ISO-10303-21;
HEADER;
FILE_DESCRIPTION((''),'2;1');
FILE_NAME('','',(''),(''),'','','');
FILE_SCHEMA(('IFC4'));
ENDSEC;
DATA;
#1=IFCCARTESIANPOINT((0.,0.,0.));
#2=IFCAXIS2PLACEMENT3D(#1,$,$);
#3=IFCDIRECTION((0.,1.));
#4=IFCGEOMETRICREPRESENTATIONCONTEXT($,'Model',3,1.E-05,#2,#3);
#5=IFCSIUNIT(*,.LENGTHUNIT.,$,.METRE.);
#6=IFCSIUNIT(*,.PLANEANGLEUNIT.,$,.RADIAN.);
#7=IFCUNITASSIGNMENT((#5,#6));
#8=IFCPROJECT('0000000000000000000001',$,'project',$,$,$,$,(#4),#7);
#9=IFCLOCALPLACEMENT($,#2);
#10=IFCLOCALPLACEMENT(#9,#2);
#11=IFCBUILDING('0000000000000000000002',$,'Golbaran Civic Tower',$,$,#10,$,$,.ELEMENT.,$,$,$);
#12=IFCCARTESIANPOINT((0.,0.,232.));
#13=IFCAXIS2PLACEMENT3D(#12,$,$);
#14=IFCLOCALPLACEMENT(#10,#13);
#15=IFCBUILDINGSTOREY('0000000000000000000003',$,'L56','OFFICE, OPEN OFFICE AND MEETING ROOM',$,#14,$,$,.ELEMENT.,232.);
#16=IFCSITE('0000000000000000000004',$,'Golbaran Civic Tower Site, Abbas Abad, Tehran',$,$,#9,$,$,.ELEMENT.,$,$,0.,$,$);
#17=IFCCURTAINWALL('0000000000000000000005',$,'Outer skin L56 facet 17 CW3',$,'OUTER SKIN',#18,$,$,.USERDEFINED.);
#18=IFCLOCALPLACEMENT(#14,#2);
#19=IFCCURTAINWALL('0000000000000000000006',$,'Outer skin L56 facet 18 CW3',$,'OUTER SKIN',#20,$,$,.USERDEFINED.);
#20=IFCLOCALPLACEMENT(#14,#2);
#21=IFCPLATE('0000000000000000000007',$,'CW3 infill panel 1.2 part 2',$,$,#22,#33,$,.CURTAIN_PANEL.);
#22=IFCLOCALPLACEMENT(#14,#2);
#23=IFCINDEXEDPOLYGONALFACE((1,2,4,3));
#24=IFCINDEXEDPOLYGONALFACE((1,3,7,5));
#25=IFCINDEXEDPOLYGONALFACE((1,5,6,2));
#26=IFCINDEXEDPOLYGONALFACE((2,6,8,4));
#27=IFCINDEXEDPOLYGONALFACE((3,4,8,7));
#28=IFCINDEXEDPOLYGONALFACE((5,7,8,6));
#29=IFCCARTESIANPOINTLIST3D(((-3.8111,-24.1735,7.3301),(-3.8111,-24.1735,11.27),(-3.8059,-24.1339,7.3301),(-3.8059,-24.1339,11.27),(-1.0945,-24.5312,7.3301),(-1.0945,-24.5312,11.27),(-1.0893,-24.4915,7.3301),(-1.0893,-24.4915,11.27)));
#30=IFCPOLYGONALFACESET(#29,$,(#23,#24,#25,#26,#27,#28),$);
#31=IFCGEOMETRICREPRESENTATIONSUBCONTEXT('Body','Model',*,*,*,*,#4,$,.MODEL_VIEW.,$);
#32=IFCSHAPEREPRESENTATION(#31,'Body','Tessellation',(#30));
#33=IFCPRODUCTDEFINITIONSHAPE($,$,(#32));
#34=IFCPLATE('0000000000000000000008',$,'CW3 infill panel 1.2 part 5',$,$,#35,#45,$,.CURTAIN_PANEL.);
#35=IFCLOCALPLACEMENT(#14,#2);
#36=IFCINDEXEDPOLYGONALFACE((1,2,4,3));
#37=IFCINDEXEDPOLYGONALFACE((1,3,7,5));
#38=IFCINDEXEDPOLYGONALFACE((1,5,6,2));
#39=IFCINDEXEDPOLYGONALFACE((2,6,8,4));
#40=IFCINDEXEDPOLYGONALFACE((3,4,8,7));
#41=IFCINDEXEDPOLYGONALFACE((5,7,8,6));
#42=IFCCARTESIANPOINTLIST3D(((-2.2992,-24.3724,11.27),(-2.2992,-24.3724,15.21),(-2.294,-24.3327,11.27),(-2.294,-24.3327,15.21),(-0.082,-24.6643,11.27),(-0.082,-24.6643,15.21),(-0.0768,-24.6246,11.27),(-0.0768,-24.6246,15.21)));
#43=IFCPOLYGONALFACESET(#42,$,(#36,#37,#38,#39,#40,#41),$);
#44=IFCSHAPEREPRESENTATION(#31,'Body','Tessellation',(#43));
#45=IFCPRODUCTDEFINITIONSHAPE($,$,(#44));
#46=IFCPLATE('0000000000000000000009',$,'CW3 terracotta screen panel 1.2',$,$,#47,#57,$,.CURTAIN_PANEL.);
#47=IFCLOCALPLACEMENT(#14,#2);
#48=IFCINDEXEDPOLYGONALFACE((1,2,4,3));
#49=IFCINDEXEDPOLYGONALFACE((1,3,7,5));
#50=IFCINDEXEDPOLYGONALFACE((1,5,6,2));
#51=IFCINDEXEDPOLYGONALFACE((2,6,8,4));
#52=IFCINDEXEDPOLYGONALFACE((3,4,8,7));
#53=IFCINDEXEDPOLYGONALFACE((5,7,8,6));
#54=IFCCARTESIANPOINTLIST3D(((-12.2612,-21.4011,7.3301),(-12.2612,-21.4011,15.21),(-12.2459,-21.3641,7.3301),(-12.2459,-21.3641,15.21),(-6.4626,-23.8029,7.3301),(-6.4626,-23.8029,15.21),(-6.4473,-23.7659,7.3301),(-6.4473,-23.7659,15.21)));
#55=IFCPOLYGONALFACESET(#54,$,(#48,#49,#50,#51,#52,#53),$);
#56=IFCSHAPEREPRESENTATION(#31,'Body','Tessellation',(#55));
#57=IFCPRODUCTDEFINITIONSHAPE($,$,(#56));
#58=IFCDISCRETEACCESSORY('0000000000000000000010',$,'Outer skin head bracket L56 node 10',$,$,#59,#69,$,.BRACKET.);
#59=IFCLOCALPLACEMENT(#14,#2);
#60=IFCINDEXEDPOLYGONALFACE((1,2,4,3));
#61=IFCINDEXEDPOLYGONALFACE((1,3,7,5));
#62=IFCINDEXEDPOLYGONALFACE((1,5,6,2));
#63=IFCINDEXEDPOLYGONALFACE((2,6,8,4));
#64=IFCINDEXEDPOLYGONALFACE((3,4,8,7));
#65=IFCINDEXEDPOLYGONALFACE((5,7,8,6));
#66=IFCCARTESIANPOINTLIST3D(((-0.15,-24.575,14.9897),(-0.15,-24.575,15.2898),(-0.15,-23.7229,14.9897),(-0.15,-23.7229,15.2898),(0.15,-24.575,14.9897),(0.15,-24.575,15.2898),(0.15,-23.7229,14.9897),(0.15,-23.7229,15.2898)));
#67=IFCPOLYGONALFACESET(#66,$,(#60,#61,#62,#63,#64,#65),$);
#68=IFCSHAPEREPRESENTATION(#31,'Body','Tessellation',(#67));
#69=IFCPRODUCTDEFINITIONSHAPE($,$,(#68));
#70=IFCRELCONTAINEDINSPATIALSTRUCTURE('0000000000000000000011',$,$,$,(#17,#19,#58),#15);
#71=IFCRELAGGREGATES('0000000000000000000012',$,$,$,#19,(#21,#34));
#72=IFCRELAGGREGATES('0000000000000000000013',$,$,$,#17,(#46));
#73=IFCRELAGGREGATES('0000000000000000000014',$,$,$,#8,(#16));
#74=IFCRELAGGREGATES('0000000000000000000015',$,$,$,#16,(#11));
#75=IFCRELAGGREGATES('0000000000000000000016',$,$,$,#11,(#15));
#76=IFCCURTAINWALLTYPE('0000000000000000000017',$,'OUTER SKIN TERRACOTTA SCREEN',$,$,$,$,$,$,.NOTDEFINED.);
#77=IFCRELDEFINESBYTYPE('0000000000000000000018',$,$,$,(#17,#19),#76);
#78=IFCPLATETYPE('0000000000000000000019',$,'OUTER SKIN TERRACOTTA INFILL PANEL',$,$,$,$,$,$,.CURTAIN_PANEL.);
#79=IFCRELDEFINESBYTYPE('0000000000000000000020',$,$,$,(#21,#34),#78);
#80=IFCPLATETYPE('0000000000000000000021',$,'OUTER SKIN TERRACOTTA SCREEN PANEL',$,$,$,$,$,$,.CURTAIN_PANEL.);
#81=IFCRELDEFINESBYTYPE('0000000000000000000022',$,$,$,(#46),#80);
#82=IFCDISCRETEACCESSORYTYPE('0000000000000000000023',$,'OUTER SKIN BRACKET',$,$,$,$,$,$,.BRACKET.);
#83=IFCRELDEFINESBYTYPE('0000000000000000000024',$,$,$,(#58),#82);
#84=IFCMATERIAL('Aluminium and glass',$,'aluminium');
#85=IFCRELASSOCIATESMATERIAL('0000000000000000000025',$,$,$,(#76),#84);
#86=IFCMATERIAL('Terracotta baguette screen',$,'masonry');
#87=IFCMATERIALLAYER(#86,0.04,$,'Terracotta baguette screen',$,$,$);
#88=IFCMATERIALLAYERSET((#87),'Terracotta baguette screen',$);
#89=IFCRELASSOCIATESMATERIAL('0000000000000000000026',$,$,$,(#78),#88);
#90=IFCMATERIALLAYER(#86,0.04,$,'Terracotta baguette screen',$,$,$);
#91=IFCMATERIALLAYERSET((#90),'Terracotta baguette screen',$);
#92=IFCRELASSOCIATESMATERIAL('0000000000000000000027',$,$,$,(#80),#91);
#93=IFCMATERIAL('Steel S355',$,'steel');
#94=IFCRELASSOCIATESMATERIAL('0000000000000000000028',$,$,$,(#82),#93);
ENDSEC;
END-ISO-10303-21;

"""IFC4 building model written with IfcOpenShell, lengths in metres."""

from ifc_helpers import new_model, si_unit, direction, frame, origin, origin_2d, place, context, subcontext, project, spatial, rectangle, extrude, material, layer, layer_set, type_object, element, aggregate, save


model = new_model("IFC4")

# Units and contexts
model_context = context("Model", 3, precision=1e-05, world=origin(), true_north=direction((0.0, 1.0)))
body_context = subcontext(model_context, "Body", "Model", "MODEL_VIEW")
ifc_project = project(units=[si_unit("LENGTHUNIT", "METRE"), si_unit("PLANEANGLEUNIT", "RADIAN")], contexts=[model_context])

# Site, building, storey
site_placement = place(None, origin())
site = spatial("IfcSite", under=ifc_project, at=site_placement, Name="Golbaran Civic Tower Site, Abbas Abad, Tehran", CompositionType="ELEMENT", RefElevation=0.0)
building_placement = place(site_placement, origin())
building = spatial("IfcBuilding", under=site, at=building_placement, Name="Golbaran Civic Tower", CompositionType="ELEMENT")
storey_placement = place(building_placement, frame((0.0, 0.0, 232.0)))
storey = spatial("IfcBuildingStorey", under=building, at=storey_placement, Name="L56", Description="OFFICE, OPEN OFFICE AND MEETING ROOM", CompositionType="ELEMENT", Elevation=232.0)

# Curtain walls
ifc_material_1 = material(Name="Aluminium and glass", Category="aluminium")
curtain_wall_type_1 = type_object("IfcCurtainWallType", Name="OUTER SKIN TERRACOTTA SCREEN", PredefinedType="NOTDEFINED", material=ifc_material_1)
curtain_wall_1_placement = place(storey_placement, origin())
curtain_wall_1 = element("IfcCurtainWall", 1, at=curtain_wall_1_placement, inside=storey, type_object=curtain_wall_type_1, Name="Outer skin L56 facet 17 CW3", ObjectType="OUTER SKIN", PredefinedType="USERDEFINED")
curtain_wall_2_placement = place(storey_placement, origin())
curtain_wall_2 = element("IfcCurtainWall", 2, at=curtain_wall_2_placement, inside=storey, type_object=curtain_wall_type_1, Name="Outer skin L56 facet 18 CW3", ObjectType="OUTER SKIN", PredefinedType="USERDEFINED")

# Plates
ifc_material_2 = material(Name="Terracotta baguette screen", Category="masonry")
ifc_layer_1 = layer(ifc_material_2, 0.04, Name="Terracotta baguette screen")
ifc_layer_set_1 = layer_set([ifc_layer_1], Name="Terracotta baguette screen")
plate_type_1 = type_object("IfcPlateType", Name="OUTER SKIN TERRACOTTA INFILL PANEL", PredefinedType="CURTAIN_PANEL", material=ifc_layer_set_1)
plate_1_placement = place(storey_placement, frame((-2.4502, -24.3325, 7.3301), z_axis=(0.0, 0.0, 1.0), x_axis=(0.991445, -0.130526, 0.0)))
plate_1 = element("IfcPlate", 3, at=plate_1_placement, type_object=plate_type_1, Name="CW3 infill panel 1.2 part 2", PredefinedType="CURTAIN_PANEL", context=body_context, shape_type="SweptSolid", body=[
    extrude(rectangle(XDim=2.74, YDim=0.04, at=origin_2d()), origin(), (0.0, 0.0, 1.0), 3.9399),
])
plate_2_placement = place(storey_placement, frame((-1.188, -24.4985, 11.27), z_axis=(0.0, 0.0, 1.0), x_axis=(0.991445, -0.130526, 0.0)))
plate_2 = element("IfcPlate", 4, at=plate_2_placement, type_object=plate_type_1, Name="CW3 infill panel 1.2 part 5", PredefinedType="CURTAIN_PANEL", context=body_context, shape_type="SweptSolid", body=[
    extrude(rectangle(XDim=2.2363, YDim=0.04, at=origin_2d()), origin(), (0.0, 0.0, 1.0), 3.9399),
])
aggregate(curtain_wall_2, [plate_1, plate_2])
ifc_layer_2 = layer(ifc_material_2, 0.04, Name="Terracotta baguette screen")
ifc_layer_set_2 = layer_set([ifc_layer_2], Name="Terracotta baguette screen")
plate_type_2 = type_object("IfcPlateType", Name="OUTER SKIN TERRACOTTA SCREEN PANEL", PredefinedType="CURTAIN_PANEL", material=ifc_layer_set_2)
plate_3_placement = place(storey_placement, frame((-9.3542, -22.5835, 7.3301), z_axis=(0.0, 0.0, 1.0), x_axis=(0.92388, -0.382683, 0.0)))
plate_3 = element("IfcPlate", 5, at=plate_3_placement, type_object=plate_type_2, Name="CW3 terracotta screen panel 1.2", PredefinedType="CURTAIN_PANEL", context=body_context, shape_type="SweptSolid", body=[
    extrude(rectangle(XDim=6.2764, YDim=0.04, at=origin_2d()), origin(), (0.0, 0.0, 1.0), 7.8799),
])
aggregate(curtain_wall_1, [plate_3])

# Discrete accessory
ifc_material_3 = material(Name="Steel S355", Category="steel")
discrete_accessory_type = type_object("IfcDiscreteAccessoryType", Name="OUTER SKIN BRACKET", PredefinedType="BRACKET", material=ifc_material_3)
discrete_accessory_placement = place(storey_placement, frame((0.0, -24.1489, 14.9897), z_axis=(0.0, 0.0, 1.0), x_axis=(0.0, -1.0, 0.0)))
element("IfcDiscreteAccessory", 6, at=discrete_accessory_placement, inside=storey, type_object=discrete_accessory_type, Name="Outer skin head bracket L56 node 10", PredefinedType="BRACKET", context=body_context, shape_type="SweptSolid", body=[
    extrude(rectangle(XDim=0.8521, YDim=0.3, at=origin_2d()), origin(), (0.0, 0.0, 1.0), 0.3),
])

save(model, "model.ifc")
